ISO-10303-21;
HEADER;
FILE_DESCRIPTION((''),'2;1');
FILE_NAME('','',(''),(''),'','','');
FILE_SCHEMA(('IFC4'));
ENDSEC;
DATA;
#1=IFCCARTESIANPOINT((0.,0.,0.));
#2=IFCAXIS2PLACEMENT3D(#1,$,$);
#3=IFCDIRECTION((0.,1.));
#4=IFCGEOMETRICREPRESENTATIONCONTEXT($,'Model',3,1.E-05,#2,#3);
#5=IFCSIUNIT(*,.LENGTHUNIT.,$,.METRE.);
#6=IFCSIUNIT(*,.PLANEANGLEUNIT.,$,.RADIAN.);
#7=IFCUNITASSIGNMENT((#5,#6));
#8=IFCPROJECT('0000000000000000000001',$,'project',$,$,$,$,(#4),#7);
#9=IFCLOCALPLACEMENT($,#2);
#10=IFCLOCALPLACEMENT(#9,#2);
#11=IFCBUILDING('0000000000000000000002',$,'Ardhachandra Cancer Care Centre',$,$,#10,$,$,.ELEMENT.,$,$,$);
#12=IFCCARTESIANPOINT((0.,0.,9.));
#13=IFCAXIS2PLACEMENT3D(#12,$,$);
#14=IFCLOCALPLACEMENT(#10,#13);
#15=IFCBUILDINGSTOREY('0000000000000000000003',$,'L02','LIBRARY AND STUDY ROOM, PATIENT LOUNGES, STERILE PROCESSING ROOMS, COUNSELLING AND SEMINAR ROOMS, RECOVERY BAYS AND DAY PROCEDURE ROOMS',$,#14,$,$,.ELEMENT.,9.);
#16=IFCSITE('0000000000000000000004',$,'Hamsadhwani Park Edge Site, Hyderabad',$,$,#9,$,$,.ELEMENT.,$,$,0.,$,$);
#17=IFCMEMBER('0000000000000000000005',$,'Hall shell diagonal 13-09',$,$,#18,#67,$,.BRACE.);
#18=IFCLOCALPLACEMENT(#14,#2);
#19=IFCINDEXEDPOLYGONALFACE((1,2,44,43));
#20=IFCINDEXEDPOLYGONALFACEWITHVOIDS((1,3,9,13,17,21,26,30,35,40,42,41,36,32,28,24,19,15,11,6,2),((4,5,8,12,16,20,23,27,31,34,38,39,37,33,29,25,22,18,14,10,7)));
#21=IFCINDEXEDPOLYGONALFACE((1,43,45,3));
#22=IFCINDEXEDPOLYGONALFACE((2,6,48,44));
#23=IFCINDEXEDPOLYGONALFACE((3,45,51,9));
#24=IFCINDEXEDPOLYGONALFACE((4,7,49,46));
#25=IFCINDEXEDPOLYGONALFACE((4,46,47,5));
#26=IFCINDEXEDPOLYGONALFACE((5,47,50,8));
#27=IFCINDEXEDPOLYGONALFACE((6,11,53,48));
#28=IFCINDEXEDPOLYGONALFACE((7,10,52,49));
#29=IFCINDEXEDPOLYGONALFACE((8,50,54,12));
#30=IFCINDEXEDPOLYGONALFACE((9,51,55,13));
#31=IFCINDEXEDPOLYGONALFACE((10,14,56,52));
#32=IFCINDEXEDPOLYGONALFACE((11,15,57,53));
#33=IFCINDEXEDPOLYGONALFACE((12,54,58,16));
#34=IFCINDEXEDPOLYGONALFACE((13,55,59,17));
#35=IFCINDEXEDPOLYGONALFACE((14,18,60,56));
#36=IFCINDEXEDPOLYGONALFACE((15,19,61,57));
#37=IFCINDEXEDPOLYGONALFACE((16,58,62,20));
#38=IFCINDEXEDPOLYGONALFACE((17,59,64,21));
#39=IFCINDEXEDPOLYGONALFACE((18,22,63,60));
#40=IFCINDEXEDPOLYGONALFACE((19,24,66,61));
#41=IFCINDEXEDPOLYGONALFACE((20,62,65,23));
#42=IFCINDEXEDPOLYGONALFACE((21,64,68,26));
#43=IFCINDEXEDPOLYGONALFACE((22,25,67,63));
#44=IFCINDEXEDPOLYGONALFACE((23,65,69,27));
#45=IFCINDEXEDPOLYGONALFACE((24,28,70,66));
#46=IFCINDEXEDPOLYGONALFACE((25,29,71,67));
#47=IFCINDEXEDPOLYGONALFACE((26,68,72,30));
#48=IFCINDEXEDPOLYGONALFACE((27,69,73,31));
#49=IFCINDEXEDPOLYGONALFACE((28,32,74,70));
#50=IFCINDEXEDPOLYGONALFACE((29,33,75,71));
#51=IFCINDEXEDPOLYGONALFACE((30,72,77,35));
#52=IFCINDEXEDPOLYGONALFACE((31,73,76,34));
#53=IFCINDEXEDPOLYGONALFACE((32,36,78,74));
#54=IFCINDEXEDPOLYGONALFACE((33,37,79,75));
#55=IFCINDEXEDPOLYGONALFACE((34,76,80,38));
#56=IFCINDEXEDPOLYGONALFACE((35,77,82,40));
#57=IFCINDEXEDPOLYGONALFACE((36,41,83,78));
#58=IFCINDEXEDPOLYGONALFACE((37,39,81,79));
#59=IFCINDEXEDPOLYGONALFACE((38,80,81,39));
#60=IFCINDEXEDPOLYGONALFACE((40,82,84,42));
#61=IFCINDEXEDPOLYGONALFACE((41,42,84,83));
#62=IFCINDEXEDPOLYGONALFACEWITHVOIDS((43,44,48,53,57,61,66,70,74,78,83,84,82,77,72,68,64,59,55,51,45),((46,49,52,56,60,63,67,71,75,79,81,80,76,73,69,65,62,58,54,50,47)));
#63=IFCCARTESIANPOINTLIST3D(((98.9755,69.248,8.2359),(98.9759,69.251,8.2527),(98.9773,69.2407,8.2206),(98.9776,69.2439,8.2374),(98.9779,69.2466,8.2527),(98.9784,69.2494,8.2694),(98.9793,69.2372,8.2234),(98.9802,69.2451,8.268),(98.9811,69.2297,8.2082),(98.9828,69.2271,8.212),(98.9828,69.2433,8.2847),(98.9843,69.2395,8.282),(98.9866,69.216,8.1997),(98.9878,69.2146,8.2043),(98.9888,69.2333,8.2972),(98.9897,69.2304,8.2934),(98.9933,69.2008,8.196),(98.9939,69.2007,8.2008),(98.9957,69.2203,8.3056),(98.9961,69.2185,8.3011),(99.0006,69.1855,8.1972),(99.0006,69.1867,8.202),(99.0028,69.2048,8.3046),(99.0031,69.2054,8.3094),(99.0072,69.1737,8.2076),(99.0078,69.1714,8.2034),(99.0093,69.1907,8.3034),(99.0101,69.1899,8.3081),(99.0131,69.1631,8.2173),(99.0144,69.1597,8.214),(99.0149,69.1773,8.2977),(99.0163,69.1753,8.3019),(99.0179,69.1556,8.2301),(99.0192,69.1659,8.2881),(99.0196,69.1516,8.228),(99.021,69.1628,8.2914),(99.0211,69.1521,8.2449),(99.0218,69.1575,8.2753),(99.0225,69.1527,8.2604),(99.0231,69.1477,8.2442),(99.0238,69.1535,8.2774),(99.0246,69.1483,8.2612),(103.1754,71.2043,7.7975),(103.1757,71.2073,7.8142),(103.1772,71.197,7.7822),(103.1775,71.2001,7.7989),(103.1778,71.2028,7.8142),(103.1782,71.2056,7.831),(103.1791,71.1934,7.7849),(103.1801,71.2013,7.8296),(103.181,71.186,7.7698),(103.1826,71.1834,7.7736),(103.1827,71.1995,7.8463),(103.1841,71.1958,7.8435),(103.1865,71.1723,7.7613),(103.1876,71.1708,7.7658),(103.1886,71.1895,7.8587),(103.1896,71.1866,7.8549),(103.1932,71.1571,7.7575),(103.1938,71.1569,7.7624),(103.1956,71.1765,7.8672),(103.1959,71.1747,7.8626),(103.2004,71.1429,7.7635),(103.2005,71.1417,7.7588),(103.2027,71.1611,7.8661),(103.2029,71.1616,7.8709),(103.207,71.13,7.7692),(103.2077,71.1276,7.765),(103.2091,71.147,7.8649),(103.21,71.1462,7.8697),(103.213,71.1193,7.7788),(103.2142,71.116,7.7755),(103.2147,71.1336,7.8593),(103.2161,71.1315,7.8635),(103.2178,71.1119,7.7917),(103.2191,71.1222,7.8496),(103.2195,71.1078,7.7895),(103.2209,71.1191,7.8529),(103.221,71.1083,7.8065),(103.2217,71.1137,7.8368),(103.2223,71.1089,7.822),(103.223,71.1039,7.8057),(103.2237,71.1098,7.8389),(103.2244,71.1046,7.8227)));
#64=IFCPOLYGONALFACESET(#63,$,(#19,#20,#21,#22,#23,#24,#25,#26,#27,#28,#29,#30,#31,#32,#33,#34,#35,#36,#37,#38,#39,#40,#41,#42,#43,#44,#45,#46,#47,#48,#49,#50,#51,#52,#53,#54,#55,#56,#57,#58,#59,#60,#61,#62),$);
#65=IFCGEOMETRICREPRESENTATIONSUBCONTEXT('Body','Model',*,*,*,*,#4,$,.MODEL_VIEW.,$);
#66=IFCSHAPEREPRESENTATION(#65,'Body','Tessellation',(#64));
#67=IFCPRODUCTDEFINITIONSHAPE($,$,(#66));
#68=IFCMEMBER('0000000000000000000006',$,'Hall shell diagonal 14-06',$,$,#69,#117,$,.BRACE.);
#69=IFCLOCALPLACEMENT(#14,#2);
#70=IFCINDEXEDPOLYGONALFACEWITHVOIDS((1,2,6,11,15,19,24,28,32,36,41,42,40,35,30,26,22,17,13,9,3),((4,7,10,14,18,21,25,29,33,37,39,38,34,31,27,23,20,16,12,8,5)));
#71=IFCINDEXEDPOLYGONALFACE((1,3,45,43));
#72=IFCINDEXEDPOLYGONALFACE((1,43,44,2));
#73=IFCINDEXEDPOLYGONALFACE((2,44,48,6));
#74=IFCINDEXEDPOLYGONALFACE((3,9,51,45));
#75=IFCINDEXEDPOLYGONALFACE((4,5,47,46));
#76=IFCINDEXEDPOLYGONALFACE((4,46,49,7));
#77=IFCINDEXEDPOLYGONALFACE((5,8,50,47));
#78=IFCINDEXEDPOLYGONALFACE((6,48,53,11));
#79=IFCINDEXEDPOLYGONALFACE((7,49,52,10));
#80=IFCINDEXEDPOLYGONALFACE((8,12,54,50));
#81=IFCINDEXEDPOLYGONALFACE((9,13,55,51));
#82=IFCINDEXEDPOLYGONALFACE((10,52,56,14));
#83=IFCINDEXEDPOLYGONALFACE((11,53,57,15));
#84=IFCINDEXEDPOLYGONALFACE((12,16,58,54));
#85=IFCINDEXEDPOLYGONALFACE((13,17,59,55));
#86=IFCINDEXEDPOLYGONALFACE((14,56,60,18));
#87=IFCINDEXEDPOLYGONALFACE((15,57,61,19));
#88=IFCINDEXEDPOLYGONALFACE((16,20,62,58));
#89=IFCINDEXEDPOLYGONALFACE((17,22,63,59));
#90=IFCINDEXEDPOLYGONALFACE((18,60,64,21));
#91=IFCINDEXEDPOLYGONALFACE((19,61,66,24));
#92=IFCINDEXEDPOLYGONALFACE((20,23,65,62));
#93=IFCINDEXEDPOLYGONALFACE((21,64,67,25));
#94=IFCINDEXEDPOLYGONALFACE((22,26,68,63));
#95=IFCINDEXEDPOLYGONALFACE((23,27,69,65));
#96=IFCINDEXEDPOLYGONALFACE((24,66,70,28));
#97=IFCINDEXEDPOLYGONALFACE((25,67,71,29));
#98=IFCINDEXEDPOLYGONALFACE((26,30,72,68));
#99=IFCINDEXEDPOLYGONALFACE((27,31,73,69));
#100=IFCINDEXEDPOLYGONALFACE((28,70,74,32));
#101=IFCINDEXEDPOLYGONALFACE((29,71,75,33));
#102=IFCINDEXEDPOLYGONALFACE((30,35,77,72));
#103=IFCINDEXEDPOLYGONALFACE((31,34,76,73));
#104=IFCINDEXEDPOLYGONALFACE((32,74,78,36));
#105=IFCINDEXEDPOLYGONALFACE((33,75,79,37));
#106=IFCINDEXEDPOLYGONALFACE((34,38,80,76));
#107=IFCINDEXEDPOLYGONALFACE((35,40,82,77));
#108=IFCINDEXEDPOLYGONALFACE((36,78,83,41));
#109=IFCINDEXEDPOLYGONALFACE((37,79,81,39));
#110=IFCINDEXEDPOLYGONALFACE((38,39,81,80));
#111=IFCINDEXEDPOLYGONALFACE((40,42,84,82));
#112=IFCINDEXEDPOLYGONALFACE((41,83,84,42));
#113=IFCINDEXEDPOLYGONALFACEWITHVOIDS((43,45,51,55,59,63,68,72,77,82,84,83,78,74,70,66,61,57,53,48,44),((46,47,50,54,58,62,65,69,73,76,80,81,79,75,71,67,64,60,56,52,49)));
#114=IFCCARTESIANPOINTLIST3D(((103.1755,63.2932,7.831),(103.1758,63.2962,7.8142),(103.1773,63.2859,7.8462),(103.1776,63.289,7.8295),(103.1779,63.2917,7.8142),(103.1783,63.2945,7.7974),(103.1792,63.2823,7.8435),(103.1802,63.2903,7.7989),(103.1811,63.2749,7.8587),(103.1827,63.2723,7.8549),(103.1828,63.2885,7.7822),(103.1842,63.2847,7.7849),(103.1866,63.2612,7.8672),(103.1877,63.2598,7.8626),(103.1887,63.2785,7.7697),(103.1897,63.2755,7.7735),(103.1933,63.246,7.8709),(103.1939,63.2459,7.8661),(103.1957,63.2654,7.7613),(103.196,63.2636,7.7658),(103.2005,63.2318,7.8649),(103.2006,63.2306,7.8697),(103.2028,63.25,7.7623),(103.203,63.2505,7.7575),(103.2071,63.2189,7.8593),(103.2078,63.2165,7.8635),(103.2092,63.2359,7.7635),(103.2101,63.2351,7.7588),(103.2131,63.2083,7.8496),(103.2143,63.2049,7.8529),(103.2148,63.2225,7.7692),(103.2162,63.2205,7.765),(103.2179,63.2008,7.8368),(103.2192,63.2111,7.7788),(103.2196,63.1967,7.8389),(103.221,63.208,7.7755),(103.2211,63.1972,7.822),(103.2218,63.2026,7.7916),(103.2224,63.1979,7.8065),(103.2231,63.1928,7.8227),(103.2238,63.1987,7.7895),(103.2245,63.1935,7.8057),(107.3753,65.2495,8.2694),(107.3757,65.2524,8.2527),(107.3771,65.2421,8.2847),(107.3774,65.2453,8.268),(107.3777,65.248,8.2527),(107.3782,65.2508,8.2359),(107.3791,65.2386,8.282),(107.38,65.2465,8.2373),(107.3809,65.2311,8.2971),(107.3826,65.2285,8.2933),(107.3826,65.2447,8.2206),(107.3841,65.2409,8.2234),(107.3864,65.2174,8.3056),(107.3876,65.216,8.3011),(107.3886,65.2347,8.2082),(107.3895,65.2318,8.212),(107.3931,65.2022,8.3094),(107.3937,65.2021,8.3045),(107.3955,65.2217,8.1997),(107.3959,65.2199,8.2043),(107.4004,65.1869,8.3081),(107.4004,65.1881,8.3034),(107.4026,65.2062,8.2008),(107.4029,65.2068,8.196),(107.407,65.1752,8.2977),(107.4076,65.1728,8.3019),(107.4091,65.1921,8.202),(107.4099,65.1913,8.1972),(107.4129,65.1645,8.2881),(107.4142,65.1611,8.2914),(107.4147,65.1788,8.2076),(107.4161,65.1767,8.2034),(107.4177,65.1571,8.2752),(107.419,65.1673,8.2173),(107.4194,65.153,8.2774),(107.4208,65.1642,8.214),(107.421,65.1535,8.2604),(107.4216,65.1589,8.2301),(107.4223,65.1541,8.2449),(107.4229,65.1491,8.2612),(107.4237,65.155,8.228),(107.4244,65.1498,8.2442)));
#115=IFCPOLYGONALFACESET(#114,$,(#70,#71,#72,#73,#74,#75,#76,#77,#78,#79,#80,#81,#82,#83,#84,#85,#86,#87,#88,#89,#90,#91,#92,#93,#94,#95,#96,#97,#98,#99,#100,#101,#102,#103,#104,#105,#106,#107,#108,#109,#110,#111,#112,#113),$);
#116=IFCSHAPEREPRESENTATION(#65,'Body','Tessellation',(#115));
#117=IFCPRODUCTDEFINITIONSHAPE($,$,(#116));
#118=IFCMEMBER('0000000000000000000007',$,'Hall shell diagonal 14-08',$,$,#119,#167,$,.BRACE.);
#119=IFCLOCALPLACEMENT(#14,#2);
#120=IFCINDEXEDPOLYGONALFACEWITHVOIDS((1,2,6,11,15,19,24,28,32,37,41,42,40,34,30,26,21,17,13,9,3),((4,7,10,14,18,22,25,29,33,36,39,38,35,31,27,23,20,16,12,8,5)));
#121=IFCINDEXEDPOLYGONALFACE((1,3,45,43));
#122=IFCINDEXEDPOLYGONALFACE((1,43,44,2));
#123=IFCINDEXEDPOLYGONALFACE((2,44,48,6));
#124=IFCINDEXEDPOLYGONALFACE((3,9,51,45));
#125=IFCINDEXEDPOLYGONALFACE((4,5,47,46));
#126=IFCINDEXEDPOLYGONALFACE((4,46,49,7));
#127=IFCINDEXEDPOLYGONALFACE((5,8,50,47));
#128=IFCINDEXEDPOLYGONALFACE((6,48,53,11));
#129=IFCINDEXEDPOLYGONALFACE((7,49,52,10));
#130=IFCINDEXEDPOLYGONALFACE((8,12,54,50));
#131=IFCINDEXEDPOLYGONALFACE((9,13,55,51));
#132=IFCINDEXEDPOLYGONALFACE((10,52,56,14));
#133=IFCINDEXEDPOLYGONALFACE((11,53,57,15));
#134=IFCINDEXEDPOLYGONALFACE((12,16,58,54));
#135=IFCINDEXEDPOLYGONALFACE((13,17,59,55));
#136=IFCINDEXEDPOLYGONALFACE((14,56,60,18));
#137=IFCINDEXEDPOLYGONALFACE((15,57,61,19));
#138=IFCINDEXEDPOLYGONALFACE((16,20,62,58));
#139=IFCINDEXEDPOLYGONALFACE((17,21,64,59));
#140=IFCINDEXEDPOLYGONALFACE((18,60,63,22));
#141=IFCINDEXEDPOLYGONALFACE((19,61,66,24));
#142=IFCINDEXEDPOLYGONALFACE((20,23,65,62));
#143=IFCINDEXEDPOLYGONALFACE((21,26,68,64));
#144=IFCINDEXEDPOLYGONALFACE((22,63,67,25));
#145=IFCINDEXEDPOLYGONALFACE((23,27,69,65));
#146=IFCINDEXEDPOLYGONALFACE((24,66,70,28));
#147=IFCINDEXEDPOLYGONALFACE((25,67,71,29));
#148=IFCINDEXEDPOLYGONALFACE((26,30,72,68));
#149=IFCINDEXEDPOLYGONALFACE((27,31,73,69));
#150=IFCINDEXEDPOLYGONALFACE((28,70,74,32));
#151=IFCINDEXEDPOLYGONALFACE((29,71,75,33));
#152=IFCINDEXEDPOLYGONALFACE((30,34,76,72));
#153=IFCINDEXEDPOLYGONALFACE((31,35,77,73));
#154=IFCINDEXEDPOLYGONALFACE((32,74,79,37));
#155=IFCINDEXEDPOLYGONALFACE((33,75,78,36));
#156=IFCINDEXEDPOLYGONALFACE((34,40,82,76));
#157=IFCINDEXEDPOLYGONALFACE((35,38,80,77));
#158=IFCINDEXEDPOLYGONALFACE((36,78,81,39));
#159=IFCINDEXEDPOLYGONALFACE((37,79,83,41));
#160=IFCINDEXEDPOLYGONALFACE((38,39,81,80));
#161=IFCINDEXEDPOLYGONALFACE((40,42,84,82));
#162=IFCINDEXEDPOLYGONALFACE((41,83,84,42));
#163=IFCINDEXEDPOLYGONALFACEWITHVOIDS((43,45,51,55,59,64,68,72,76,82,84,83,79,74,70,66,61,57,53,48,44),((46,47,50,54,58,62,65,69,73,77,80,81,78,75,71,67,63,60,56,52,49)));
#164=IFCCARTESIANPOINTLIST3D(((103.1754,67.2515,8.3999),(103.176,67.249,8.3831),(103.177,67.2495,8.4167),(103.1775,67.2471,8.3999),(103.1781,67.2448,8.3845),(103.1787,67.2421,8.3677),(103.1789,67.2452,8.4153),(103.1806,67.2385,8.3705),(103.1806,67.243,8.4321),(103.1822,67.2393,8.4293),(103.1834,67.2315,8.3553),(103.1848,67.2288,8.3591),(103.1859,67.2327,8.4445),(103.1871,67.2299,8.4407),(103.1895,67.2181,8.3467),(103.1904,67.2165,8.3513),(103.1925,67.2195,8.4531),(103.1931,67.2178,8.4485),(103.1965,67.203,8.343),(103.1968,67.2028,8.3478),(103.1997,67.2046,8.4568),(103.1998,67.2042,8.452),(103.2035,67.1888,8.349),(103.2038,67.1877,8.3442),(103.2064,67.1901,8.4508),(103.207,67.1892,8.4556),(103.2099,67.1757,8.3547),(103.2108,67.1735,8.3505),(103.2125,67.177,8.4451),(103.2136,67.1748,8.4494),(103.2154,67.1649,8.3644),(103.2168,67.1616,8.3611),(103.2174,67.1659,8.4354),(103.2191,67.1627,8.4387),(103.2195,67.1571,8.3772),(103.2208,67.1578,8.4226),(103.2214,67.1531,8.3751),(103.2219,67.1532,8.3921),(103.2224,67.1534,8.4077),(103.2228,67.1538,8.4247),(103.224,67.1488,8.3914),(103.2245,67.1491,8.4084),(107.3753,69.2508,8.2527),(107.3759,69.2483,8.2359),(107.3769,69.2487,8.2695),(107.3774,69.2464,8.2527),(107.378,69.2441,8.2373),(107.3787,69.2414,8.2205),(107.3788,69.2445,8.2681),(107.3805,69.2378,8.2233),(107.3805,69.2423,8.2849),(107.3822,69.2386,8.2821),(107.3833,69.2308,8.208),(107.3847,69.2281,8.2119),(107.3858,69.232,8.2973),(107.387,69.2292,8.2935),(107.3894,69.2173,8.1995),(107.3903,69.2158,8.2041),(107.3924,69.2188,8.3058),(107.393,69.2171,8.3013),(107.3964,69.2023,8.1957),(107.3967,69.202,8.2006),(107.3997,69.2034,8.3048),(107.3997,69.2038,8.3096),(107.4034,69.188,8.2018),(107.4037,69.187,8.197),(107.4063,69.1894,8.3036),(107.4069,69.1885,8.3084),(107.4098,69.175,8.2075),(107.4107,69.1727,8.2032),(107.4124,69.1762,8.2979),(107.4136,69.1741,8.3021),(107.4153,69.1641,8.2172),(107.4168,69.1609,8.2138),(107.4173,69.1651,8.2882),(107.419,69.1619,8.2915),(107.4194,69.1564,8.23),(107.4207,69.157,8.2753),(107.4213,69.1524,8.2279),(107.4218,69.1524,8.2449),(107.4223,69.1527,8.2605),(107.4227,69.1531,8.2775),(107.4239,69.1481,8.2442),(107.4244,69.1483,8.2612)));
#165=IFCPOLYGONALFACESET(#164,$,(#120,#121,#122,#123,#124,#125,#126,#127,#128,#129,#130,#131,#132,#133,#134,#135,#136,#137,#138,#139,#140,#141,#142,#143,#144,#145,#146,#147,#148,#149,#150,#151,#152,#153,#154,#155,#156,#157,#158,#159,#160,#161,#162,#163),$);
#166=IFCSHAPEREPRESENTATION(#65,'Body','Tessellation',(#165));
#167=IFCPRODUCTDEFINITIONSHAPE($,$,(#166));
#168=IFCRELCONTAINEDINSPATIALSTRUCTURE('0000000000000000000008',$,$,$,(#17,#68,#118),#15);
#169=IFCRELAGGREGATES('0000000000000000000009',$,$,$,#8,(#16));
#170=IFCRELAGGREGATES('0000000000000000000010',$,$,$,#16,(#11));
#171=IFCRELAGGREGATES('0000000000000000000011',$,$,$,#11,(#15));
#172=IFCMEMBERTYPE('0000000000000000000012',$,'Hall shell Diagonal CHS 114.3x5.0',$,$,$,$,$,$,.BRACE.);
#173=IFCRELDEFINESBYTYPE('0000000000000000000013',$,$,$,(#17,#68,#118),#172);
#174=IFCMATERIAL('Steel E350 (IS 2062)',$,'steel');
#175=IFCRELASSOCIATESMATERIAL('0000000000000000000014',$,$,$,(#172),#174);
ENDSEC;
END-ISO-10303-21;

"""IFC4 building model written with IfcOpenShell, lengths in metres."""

from ifc_helpers import new_model, si_unit, direction, frame, origin, origin_2d, place, context, subcontext, project, spatial, hollow_circle, extrude, material, material_profile, profile_set, type_object, element, save


model = new_model("IFC4")

# Units and contexts
model_context = context("Model", 3, precision=1e-05, world=origin(), true_north=direction((0.0, 1.0)))
body_context = subcontext(model_context, "Body", "Model", "MODEL_VIEW")
ifc_project = project(units=[si_unit("LENGTHUNIT", "METRE"), si_unit("PLANEANGLEUNIT", "RADIAN")], contexts=[model_context])

# Site, building, storey
site_placement = place(None, origin())
site = spatial("IfcSite", under=ifc_project, at=site_placement, Name="Hamsadhwani Park Edge Site, Hyderabad", CompositionType="ELEMENT", RefElevation=0.0)
building_placement = place(site_placement, origin())
building = spatial("IfcBuilding", under=site, at=building_placement, Name="Ardhachandra Cancer Care Centre", CompositionType="ELEMENT")
storey_placement = place(building_placement, frame((0.0, 0.0, 9.0)))
storey = spatial("IfcBuildingStorey", under=building, at=storey_placement, Name="L02", Description="LIBRARY AND STUDY ROOM, PATIENT LOUNGES, STERILE PROCESSING ROOMS, COUNSELLING AND SEMINAR ROOMS, RECOVERY BAYS AND DAY PROCEDURE ROOMS", CompositionType="ELEMENT", Elevation=9.0)

# Members
ifc_material_1 = material(Name="Steel E350 (IS 2062)", Category="steel")
ifc_material_profile_1 = material_profile(ifc_material_1, hollow_circle(Radius=0.0571, WallThickness=0.0049, at=origin_2d()), Name="CHS 114.3x5.0")
ifc_profile_set_1 = profile_set([ifc_material_profile_1], Name="Steel E350 (IS 2062)")
member_type_1 = type_object("IfcMemberType", Name="Hall shell Diagonal CHS 114.3x5.0", PredefinedType="BRACE", material=ifc_profile_set_1)
for number, where, z_axis, x_axis, name in (
    (1, (99.0, 69.1992, 8.2527), (0.902455, 0.420355, -0.094217), (-0.422233, 0.906487, 0.0), "Hall shell diagonal 13-09"),
    (2, (103.2, 63.2444, 7.8142), (0.902455, 0.420355, 0.094217), (-0.422233, 0.906487, 0.0), "Hall shell diagonal 14-06"),
    (3, (103.2, 67.2, 8.3999), (0.902468, 0.429594, -0.031633), (-0.429809, 0.90292, 0.0), "Hall shell diagonal 14-08"),
):
    element("IfcMember", number, at=place(storey_placement, frame(where, z_axis=z_axis, x_axis=x_axis)), inside=storey, type_object=member_type_1, Name=name, PredefinedType="BRACE", context=body_context, shape_type="SweptSolid", body=[
        extrude(hollow_circle(Radius=0.0571, WallThickness=0.0049, at=origin_2d()), origin(), (0.0, 0.0, 1.0), 4.6538),
    ])

save(model, "model.ifc")
